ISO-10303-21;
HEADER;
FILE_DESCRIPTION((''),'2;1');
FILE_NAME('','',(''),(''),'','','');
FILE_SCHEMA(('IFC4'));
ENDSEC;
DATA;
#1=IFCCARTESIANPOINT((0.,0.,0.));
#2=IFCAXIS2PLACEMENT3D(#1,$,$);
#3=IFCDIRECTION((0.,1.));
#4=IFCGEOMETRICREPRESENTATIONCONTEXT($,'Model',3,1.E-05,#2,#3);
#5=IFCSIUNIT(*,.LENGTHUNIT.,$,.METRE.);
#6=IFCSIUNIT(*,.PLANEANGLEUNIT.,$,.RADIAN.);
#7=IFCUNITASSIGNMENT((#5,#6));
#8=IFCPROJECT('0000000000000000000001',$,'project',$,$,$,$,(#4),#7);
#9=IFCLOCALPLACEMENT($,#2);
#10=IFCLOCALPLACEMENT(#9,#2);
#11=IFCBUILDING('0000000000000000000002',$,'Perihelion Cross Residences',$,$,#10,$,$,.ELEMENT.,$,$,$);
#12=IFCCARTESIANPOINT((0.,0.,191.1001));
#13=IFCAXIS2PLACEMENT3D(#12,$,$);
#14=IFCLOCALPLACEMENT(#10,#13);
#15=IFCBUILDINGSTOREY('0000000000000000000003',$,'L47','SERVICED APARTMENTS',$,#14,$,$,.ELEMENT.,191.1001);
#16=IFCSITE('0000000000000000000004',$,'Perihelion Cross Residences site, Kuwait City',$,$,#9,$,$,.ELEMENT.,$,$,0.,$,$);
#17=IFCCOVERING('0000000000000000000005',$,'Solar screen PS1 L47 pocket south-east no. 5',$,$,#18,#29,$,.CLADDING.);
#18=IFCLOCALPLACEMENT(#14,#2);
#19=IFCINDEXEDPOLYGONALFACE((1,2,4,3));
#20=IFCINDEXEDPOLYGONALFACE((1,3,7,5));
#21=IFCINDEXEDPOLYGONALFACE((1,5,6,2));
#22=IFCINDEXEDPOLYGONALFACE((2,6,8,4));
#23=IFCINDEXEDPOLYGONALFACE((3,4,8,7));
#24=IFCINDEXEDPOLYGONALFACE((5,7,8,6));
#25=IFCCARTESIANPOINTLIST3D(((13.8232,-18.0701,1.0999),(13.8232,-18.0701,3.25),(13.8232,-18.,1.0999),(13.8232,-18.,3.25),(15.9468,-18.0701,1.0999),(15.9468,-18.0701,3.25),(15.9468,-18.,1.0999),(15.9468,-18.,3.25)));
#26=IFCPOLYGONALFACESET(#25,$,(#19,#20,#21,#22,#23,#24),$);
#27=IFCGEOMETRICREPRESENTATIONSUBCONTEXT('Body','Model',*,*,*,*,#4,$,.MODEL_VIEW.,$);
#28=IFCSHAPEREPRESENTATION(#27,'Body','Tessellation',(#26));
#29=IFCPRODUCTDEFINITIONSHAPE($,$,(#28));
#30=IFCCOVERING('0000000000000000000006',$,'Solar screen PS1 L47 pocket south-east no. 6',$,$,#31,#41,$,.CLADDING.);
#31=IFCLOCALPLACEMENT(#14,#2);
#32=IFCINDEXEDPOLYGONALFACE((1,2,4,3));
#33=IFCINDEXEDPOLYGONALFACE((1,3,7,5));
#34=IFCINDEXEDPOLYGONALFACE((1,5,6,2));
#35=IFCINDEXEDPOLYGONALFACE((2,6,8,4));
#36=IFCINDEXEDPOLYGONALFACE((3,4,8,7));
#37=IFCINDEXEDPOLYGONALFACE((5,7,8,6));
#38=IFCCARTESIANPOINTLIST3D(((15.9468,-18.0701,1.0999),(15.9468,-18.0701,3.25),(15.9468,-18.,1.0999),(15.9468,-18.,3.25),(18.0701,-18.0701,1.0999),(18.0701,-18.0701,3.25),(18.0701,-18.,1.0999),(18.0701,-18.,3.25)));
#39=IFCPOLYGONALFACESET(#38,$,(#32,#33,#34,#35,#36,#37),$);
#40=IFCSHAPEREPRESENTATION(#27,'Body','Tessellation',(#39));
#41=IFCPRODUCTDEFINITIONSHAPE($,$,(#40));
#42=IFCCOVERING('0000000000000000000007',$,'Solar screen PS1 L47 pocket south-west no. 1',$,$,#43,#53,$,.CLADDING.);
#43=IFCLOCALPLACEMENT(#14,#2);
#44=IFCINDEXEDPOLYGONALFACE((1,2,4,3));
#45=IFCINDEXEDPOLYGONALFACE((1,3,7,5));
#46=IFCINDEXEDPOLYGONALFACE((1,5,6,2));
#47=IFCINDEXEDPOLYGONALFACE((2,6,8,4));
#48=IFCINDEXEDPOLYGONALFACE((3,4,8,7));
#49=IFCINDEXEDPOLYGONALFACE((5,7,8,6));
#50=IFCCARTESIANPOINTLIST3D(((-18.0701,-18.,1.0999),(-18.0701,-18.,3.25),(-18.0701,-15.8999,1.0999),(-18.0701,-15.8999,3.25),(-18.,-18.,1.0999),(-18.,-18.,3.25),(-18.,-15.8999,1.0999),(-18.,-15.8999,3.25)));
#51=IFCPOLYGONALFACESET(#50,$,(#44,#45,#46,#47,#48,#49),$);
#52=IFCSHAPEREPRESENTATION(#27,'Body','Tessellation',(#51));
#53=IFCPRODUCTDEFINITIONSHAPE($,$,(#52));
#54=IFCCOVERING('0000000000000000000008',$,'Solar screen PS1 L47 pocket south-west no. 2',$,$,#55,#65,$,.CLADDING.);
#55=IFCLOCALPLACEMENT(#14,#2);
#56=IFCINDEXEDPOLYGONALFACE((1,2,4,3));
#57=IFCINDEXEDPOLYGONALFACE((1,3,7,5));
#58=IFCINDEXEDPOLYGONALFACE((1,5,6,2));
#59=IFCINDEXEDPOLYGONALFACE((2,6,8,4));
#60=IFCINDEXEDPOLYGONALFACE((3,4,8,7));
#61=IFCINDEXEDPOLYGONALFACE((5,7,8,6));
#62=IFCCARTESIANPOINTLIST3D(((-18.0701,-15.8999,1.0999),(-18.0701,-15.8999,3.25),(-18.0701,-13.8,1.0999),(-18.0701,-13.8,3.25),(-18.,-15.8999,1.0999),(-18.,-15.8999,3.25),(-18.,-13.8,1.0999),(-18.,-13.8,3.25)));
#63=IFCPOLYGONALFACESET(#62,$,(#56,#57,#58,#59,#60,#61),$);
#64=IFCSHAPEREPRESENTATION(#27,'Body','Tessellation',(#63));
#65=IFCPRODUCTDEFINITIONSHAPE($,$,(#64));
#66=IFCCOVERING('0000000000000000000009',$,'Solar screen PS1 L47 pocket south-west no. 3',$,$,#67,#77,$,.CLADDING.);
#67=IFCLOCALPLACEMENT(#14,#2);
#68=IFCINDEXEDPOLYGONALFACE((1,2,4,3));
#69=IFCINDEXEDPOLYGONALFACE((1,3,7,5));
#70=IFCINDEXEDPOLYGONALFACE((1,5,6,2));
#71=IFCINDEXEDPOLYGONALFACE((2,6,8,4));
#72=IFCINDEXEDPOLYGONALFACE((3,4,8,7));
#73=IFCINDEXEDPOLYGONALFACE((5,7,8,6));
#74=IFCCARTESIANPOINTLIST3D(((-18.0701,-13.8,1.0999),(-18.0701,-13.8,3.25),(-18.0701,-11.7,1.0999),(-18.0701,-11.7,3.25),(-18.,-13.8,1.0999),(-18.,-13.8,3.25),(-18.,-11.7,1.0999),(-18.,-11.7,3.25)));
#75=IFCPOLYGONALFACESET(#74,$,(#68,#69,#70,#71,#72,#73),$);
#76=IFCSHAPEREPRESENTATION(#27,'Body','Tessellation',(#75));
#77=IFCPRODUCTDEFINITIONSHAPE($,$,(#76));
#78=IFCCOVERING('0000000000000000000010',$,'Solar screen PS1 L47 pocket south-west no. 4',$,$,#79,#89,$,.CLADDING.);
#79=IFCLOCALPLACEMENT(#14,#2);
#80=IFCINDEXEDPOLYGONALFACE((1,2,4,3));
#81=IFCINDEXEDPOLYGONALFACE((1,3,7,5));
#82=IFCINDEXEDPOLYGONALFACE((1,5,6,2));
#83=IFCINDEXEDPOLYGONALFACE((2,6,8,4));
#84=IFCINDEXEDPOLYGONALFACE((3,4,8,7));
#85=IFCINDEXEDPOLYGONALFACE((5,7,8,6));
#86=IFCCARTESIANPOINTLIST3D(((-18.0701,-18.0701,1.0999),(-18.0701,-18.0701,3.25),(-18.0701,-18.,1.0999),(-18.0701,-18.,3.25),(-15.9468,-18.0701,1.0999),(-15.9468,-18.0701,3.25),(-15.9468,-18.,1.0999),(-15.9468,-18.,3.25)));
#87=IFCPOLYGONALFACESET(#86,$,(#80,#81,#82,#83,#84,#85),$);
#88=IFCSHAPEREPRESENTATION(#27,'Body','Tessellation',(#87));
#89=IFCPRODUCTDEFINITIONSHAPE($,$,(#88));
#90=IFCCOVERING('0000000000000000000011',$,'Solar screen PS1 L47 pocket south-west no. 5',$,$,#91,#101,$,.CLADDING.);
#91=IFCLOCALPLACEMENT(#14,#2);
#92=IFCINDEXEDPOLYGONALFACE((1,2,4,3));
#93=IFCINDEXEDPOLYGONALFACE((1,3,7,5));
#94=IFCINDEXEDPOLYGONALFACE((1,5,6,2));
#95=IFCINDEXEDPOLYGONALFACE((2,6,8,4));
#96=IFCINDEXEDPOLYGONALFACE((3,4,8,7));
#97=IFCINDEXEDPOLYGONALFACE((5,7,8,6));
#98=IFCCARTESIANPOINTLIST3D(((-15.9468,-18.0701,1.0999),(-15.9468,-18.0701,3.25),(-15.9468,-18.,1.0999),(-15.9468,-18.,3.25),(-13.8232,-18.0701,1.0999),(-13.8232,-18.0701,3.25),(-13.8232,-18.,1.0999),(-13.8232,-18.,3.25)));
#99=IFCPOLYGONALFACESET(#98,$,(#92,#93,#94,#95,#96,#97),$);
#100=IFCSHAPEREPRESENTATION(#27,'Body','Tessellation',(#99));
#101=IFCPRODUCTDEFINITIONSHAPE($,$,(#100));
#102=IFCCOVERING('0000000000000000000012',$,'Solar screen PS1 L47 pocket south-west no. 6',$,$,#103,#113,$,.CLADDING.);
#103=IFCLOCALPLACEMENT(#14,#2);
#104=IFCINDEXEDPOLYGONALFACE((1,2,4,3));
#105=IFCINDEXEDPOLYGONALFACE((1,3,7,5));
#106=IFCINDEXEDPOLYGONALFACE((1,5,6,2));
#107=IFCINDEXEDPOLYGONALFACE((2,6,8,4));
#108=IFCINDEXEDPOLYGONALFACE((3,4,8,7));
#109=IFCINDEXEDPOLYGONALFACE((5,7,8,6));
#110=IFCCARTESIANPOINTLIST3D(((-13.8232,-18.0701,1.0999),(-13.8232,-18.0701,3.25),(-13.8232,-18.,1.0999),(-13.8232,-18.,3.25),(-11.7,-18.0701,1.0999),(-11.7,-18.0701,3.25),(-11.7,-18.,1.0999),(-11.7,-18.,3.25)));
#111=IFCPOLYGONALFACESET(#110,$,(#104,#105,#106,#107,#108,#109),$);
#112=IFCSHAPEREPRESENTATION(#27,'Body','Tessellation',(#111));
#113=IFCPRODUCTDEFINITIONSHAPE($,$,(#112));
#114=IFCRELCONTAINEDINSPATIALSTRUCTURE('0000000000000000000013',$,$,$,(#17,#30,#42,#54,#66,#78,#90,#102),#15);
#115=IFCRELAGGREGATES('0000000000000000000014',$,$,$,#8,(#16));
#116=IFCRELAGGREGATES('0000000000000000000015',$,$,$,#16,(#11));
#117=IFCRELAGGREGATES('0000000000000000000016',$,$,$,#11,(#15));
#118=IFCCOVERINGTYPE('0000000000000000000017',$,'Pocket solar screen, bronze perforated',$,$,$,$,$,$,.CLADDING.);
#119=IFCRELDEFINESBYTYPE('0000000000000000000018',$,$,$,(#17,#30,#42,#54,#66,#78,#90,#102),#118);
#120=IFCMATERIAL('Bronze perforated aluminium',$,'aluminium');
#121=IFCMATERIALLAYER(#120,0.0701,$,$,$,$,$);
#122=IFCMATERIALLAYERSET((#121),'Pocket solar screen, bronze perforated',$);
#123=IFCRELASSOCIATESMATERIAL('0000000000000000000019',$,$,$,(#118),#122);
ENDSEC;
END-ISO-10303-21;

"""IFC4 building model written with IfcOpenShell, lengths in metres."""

from ifc_helpers import new_model, si_unit, direction, frame, origin, place, context, subcontext, project, spatial, polyline, outline, extrude, material, layer, layer_set, type_object, element, save


model = new_model("IFC4")

# Units and contexts
model_context = context("Model", 3, precision=1e-05, world=origin(), true_north=direction((0.0, 1.0)))
body_context = subcontext(model_context, "Body", "Model", "MODEL_VIEW")
ifc_project = project(units=[si_unit("LENGTHUNIT", "METRE"), si_unit("PLANEANGLEUNIT", "RADIAN")], contexts=[model_context])

# Site, building, storey
site_placement = place(None, origin())
site = spatial("IfcSite", under=ifc_project, at=site_placement, Name="Perihelion Cross Residences site, Kuwait City", CompositionType="ELEMENT", RefElevation=0.0)
building_placement = place(site_placement, origin())
building = spatial("IfcBuilding", under=site, at=building_placement, Name="Perihelion Cross Residences", CompositionType="ELEMENT")
storey_placement = place(building_placement, frame((0.0, 0.0, 191.1001)))
storey = spatial("IfcBuildingStorey", under=building, at=storey_placement, Name="L47", Description="SERVICED APARTMENTS", CompositionType="ELEMENT", Elevation=191.1001)

# Coverings
ifc_material_1 = material(Name="Bronze perforated aluminium", Category="aluminium")
ifc_layer_1 = layer(ifc_material_1, 0.0701)
ifc_layer_set_1 = layer_set([ifc_layer_1], Name="Pocket solar screen, bronze perforated")
covering_type_1 = type_object("IfcCoveringType", Name="Pocket solar screen, bronze perforated", PredefinedType="CLADDING", material=ifc_layer_set_1)
covering_1_placement = place(storey_placement, frame((0.0, 0.0, 1.0999)))
element("IfcCovering", 1, at=covering_1_placement, inside=storey, type_object=covering_type_1, Name="Solar screen PS1 L47 pocket south-east no. 5", PredefinedType="CLADDING", context=body_context, shape_type="SweptSolid", body=[
    extrude(outline(polyline([(15.9468, -18.0701), (15.9468, -18.0), (13.8232, -18.0), (13.8232, -18.0701), (15.9468, -18.0701)])), origin(), (0.0, 0.0, 1.0), 2.1501),
])
covering_2_placement = place(storey_placement, frame((0.0, 0.0, 1.0999)))
element("IfcCovering", 2, at=covering_2_placement, inside=storey, type_object=covering_type_1, Name="Solar screen PS1 L47 pocket south-east no. 6", PredefinedType="CLADDING", context=body_context, shape_type="SweptSolid", body=[
    extrude(outline(polyline([(18.0701, -18.0701), (18.0701, -18.0), (15.9468, -18.0), (15.9468, -18.0701), (18.0701, -18.0701)])), origin(), (0.0, 0.0, 1.0), 2.1501),
])
covering_3_placement = place(storey_placement, frame((0.0, 0.0, 1.0999)))
element("IfcCovering", 3, at=covering_3_placement, inside=storey, type_object=covering_type_1, Name="Solar screen PS1 L47 pocket south-west no. 1", PredefinedType="CLADDING", context=body_context, shape_type="SweptSolid", body=[
    extrude(outline(polyline([(-18.0, -18.0), (-18.0, -15.8999), (-18.0701, -15.8999), (-18.0701, -18.0), (-18.0, -18.0)])), origin(), (0.0, 0.0, 1.0), 2.1501),
])
covering_4_placement = place(storey_placement, frame((0.0, 0.0, 1.0999)))
element("IfcCovering", 4, at=covering_4_placement, inside=storey, type_object=covering_type_1, Name="Solar screen PS1 L47 pocket south-west no. 2", PredefinedType="CLADDING", context=body_context, shape_type="SweptSolid", body=[
    extrude(outline(polyline([(-18.0, -15.8999), (-18.0, -13.8), (-18.0701, -13.8), (-18.0701, -15.8999), (-18.0, -15.8999)])), origin(), (0.0, 0.0, 1.0), 2.1501),
])
covering_5_placement = place(storey_placement, frame((0.0, 0.0, 1.0999)))
element("IfcCovering", 5, at=covering_5_placement, inside=storey, type_object=covering_type_1, Name="Solar screen PS1 L47 pocket south-west no. 3", PredefinedType="CLADDING", context=body_context, shape_type="SweptSolid", body=[
    extrude(outline(polyline([(-18.0, -13.8), (-18.0, -11.7), (-18.0701, -11.7), (-18.0701, -13.8), (-18.0, -13.8)])), origin(), (0.0, 0.0, 1.0), 2.1501),
])
covering_6_placement = place(storey_placement, frame((0.0, 0.0, 1.0999)))
element("IfcCovering", 6, at=covering_6_placement, inside=storey, type_object=covering_type_1, Name="Solar screen PS1 L47 pocket south-west no. 4", PredefinedType="CLADDING", context=body_context, shape_type="SweptSolid", body=[
    extrude(outline(polyline([(-15.9468, -18.0701), (-15.9468, -18.0), (-18.0701, -18.0), (-18.0701, -18.0701), (-15.9468, -18.0701)])), origin(), (0.0, 0.0, 1.0), 2.1501),
])
covering_7_placement = place(storey_placement, frame((0.0, 0.0, 1.0999)))
element("IfcCovering", 7, at=covering_7_placement, inside=storey, type_object=covering_type_1, Name="Solar screen PS1 L47 pocket south-west no. 5", PredefinedType="CLADDING", context=body_context, shape_type="SweptSolid", body=[
    extrude(outline(polyline([(-13.8232, -18.0701), (-13.8232, -18.0), (-15.9468, -18.0), (-15.9468, -18.0701), (-13.8232, -18.0701)])), origin(), (0.0, 0.0, 1.0), 2.1501),
])
covering_8_placement = place(storey_placement, frame((0.0, 0.0, 1.0999)))
element("IfcCovering", 8, at=covering_8_placement, inside=storey, type_object=covering_type_1, Name="Solar screen PS1 L47 pocket south-west no. 6", PredefinedType="CLADDING", context=body_context, shape_type="SweptSolid", body=[
    extrude(outline(polyline([(-11.7, -18.0701), (-11.7, -18.0), (-13.8232, -18.0), (-13.8232, -18.0701), (-11.7, -18.0701)])), origin(), (0.0, 0.0, 1.0), 2.1501),
])

save(model, "model.ifc")
